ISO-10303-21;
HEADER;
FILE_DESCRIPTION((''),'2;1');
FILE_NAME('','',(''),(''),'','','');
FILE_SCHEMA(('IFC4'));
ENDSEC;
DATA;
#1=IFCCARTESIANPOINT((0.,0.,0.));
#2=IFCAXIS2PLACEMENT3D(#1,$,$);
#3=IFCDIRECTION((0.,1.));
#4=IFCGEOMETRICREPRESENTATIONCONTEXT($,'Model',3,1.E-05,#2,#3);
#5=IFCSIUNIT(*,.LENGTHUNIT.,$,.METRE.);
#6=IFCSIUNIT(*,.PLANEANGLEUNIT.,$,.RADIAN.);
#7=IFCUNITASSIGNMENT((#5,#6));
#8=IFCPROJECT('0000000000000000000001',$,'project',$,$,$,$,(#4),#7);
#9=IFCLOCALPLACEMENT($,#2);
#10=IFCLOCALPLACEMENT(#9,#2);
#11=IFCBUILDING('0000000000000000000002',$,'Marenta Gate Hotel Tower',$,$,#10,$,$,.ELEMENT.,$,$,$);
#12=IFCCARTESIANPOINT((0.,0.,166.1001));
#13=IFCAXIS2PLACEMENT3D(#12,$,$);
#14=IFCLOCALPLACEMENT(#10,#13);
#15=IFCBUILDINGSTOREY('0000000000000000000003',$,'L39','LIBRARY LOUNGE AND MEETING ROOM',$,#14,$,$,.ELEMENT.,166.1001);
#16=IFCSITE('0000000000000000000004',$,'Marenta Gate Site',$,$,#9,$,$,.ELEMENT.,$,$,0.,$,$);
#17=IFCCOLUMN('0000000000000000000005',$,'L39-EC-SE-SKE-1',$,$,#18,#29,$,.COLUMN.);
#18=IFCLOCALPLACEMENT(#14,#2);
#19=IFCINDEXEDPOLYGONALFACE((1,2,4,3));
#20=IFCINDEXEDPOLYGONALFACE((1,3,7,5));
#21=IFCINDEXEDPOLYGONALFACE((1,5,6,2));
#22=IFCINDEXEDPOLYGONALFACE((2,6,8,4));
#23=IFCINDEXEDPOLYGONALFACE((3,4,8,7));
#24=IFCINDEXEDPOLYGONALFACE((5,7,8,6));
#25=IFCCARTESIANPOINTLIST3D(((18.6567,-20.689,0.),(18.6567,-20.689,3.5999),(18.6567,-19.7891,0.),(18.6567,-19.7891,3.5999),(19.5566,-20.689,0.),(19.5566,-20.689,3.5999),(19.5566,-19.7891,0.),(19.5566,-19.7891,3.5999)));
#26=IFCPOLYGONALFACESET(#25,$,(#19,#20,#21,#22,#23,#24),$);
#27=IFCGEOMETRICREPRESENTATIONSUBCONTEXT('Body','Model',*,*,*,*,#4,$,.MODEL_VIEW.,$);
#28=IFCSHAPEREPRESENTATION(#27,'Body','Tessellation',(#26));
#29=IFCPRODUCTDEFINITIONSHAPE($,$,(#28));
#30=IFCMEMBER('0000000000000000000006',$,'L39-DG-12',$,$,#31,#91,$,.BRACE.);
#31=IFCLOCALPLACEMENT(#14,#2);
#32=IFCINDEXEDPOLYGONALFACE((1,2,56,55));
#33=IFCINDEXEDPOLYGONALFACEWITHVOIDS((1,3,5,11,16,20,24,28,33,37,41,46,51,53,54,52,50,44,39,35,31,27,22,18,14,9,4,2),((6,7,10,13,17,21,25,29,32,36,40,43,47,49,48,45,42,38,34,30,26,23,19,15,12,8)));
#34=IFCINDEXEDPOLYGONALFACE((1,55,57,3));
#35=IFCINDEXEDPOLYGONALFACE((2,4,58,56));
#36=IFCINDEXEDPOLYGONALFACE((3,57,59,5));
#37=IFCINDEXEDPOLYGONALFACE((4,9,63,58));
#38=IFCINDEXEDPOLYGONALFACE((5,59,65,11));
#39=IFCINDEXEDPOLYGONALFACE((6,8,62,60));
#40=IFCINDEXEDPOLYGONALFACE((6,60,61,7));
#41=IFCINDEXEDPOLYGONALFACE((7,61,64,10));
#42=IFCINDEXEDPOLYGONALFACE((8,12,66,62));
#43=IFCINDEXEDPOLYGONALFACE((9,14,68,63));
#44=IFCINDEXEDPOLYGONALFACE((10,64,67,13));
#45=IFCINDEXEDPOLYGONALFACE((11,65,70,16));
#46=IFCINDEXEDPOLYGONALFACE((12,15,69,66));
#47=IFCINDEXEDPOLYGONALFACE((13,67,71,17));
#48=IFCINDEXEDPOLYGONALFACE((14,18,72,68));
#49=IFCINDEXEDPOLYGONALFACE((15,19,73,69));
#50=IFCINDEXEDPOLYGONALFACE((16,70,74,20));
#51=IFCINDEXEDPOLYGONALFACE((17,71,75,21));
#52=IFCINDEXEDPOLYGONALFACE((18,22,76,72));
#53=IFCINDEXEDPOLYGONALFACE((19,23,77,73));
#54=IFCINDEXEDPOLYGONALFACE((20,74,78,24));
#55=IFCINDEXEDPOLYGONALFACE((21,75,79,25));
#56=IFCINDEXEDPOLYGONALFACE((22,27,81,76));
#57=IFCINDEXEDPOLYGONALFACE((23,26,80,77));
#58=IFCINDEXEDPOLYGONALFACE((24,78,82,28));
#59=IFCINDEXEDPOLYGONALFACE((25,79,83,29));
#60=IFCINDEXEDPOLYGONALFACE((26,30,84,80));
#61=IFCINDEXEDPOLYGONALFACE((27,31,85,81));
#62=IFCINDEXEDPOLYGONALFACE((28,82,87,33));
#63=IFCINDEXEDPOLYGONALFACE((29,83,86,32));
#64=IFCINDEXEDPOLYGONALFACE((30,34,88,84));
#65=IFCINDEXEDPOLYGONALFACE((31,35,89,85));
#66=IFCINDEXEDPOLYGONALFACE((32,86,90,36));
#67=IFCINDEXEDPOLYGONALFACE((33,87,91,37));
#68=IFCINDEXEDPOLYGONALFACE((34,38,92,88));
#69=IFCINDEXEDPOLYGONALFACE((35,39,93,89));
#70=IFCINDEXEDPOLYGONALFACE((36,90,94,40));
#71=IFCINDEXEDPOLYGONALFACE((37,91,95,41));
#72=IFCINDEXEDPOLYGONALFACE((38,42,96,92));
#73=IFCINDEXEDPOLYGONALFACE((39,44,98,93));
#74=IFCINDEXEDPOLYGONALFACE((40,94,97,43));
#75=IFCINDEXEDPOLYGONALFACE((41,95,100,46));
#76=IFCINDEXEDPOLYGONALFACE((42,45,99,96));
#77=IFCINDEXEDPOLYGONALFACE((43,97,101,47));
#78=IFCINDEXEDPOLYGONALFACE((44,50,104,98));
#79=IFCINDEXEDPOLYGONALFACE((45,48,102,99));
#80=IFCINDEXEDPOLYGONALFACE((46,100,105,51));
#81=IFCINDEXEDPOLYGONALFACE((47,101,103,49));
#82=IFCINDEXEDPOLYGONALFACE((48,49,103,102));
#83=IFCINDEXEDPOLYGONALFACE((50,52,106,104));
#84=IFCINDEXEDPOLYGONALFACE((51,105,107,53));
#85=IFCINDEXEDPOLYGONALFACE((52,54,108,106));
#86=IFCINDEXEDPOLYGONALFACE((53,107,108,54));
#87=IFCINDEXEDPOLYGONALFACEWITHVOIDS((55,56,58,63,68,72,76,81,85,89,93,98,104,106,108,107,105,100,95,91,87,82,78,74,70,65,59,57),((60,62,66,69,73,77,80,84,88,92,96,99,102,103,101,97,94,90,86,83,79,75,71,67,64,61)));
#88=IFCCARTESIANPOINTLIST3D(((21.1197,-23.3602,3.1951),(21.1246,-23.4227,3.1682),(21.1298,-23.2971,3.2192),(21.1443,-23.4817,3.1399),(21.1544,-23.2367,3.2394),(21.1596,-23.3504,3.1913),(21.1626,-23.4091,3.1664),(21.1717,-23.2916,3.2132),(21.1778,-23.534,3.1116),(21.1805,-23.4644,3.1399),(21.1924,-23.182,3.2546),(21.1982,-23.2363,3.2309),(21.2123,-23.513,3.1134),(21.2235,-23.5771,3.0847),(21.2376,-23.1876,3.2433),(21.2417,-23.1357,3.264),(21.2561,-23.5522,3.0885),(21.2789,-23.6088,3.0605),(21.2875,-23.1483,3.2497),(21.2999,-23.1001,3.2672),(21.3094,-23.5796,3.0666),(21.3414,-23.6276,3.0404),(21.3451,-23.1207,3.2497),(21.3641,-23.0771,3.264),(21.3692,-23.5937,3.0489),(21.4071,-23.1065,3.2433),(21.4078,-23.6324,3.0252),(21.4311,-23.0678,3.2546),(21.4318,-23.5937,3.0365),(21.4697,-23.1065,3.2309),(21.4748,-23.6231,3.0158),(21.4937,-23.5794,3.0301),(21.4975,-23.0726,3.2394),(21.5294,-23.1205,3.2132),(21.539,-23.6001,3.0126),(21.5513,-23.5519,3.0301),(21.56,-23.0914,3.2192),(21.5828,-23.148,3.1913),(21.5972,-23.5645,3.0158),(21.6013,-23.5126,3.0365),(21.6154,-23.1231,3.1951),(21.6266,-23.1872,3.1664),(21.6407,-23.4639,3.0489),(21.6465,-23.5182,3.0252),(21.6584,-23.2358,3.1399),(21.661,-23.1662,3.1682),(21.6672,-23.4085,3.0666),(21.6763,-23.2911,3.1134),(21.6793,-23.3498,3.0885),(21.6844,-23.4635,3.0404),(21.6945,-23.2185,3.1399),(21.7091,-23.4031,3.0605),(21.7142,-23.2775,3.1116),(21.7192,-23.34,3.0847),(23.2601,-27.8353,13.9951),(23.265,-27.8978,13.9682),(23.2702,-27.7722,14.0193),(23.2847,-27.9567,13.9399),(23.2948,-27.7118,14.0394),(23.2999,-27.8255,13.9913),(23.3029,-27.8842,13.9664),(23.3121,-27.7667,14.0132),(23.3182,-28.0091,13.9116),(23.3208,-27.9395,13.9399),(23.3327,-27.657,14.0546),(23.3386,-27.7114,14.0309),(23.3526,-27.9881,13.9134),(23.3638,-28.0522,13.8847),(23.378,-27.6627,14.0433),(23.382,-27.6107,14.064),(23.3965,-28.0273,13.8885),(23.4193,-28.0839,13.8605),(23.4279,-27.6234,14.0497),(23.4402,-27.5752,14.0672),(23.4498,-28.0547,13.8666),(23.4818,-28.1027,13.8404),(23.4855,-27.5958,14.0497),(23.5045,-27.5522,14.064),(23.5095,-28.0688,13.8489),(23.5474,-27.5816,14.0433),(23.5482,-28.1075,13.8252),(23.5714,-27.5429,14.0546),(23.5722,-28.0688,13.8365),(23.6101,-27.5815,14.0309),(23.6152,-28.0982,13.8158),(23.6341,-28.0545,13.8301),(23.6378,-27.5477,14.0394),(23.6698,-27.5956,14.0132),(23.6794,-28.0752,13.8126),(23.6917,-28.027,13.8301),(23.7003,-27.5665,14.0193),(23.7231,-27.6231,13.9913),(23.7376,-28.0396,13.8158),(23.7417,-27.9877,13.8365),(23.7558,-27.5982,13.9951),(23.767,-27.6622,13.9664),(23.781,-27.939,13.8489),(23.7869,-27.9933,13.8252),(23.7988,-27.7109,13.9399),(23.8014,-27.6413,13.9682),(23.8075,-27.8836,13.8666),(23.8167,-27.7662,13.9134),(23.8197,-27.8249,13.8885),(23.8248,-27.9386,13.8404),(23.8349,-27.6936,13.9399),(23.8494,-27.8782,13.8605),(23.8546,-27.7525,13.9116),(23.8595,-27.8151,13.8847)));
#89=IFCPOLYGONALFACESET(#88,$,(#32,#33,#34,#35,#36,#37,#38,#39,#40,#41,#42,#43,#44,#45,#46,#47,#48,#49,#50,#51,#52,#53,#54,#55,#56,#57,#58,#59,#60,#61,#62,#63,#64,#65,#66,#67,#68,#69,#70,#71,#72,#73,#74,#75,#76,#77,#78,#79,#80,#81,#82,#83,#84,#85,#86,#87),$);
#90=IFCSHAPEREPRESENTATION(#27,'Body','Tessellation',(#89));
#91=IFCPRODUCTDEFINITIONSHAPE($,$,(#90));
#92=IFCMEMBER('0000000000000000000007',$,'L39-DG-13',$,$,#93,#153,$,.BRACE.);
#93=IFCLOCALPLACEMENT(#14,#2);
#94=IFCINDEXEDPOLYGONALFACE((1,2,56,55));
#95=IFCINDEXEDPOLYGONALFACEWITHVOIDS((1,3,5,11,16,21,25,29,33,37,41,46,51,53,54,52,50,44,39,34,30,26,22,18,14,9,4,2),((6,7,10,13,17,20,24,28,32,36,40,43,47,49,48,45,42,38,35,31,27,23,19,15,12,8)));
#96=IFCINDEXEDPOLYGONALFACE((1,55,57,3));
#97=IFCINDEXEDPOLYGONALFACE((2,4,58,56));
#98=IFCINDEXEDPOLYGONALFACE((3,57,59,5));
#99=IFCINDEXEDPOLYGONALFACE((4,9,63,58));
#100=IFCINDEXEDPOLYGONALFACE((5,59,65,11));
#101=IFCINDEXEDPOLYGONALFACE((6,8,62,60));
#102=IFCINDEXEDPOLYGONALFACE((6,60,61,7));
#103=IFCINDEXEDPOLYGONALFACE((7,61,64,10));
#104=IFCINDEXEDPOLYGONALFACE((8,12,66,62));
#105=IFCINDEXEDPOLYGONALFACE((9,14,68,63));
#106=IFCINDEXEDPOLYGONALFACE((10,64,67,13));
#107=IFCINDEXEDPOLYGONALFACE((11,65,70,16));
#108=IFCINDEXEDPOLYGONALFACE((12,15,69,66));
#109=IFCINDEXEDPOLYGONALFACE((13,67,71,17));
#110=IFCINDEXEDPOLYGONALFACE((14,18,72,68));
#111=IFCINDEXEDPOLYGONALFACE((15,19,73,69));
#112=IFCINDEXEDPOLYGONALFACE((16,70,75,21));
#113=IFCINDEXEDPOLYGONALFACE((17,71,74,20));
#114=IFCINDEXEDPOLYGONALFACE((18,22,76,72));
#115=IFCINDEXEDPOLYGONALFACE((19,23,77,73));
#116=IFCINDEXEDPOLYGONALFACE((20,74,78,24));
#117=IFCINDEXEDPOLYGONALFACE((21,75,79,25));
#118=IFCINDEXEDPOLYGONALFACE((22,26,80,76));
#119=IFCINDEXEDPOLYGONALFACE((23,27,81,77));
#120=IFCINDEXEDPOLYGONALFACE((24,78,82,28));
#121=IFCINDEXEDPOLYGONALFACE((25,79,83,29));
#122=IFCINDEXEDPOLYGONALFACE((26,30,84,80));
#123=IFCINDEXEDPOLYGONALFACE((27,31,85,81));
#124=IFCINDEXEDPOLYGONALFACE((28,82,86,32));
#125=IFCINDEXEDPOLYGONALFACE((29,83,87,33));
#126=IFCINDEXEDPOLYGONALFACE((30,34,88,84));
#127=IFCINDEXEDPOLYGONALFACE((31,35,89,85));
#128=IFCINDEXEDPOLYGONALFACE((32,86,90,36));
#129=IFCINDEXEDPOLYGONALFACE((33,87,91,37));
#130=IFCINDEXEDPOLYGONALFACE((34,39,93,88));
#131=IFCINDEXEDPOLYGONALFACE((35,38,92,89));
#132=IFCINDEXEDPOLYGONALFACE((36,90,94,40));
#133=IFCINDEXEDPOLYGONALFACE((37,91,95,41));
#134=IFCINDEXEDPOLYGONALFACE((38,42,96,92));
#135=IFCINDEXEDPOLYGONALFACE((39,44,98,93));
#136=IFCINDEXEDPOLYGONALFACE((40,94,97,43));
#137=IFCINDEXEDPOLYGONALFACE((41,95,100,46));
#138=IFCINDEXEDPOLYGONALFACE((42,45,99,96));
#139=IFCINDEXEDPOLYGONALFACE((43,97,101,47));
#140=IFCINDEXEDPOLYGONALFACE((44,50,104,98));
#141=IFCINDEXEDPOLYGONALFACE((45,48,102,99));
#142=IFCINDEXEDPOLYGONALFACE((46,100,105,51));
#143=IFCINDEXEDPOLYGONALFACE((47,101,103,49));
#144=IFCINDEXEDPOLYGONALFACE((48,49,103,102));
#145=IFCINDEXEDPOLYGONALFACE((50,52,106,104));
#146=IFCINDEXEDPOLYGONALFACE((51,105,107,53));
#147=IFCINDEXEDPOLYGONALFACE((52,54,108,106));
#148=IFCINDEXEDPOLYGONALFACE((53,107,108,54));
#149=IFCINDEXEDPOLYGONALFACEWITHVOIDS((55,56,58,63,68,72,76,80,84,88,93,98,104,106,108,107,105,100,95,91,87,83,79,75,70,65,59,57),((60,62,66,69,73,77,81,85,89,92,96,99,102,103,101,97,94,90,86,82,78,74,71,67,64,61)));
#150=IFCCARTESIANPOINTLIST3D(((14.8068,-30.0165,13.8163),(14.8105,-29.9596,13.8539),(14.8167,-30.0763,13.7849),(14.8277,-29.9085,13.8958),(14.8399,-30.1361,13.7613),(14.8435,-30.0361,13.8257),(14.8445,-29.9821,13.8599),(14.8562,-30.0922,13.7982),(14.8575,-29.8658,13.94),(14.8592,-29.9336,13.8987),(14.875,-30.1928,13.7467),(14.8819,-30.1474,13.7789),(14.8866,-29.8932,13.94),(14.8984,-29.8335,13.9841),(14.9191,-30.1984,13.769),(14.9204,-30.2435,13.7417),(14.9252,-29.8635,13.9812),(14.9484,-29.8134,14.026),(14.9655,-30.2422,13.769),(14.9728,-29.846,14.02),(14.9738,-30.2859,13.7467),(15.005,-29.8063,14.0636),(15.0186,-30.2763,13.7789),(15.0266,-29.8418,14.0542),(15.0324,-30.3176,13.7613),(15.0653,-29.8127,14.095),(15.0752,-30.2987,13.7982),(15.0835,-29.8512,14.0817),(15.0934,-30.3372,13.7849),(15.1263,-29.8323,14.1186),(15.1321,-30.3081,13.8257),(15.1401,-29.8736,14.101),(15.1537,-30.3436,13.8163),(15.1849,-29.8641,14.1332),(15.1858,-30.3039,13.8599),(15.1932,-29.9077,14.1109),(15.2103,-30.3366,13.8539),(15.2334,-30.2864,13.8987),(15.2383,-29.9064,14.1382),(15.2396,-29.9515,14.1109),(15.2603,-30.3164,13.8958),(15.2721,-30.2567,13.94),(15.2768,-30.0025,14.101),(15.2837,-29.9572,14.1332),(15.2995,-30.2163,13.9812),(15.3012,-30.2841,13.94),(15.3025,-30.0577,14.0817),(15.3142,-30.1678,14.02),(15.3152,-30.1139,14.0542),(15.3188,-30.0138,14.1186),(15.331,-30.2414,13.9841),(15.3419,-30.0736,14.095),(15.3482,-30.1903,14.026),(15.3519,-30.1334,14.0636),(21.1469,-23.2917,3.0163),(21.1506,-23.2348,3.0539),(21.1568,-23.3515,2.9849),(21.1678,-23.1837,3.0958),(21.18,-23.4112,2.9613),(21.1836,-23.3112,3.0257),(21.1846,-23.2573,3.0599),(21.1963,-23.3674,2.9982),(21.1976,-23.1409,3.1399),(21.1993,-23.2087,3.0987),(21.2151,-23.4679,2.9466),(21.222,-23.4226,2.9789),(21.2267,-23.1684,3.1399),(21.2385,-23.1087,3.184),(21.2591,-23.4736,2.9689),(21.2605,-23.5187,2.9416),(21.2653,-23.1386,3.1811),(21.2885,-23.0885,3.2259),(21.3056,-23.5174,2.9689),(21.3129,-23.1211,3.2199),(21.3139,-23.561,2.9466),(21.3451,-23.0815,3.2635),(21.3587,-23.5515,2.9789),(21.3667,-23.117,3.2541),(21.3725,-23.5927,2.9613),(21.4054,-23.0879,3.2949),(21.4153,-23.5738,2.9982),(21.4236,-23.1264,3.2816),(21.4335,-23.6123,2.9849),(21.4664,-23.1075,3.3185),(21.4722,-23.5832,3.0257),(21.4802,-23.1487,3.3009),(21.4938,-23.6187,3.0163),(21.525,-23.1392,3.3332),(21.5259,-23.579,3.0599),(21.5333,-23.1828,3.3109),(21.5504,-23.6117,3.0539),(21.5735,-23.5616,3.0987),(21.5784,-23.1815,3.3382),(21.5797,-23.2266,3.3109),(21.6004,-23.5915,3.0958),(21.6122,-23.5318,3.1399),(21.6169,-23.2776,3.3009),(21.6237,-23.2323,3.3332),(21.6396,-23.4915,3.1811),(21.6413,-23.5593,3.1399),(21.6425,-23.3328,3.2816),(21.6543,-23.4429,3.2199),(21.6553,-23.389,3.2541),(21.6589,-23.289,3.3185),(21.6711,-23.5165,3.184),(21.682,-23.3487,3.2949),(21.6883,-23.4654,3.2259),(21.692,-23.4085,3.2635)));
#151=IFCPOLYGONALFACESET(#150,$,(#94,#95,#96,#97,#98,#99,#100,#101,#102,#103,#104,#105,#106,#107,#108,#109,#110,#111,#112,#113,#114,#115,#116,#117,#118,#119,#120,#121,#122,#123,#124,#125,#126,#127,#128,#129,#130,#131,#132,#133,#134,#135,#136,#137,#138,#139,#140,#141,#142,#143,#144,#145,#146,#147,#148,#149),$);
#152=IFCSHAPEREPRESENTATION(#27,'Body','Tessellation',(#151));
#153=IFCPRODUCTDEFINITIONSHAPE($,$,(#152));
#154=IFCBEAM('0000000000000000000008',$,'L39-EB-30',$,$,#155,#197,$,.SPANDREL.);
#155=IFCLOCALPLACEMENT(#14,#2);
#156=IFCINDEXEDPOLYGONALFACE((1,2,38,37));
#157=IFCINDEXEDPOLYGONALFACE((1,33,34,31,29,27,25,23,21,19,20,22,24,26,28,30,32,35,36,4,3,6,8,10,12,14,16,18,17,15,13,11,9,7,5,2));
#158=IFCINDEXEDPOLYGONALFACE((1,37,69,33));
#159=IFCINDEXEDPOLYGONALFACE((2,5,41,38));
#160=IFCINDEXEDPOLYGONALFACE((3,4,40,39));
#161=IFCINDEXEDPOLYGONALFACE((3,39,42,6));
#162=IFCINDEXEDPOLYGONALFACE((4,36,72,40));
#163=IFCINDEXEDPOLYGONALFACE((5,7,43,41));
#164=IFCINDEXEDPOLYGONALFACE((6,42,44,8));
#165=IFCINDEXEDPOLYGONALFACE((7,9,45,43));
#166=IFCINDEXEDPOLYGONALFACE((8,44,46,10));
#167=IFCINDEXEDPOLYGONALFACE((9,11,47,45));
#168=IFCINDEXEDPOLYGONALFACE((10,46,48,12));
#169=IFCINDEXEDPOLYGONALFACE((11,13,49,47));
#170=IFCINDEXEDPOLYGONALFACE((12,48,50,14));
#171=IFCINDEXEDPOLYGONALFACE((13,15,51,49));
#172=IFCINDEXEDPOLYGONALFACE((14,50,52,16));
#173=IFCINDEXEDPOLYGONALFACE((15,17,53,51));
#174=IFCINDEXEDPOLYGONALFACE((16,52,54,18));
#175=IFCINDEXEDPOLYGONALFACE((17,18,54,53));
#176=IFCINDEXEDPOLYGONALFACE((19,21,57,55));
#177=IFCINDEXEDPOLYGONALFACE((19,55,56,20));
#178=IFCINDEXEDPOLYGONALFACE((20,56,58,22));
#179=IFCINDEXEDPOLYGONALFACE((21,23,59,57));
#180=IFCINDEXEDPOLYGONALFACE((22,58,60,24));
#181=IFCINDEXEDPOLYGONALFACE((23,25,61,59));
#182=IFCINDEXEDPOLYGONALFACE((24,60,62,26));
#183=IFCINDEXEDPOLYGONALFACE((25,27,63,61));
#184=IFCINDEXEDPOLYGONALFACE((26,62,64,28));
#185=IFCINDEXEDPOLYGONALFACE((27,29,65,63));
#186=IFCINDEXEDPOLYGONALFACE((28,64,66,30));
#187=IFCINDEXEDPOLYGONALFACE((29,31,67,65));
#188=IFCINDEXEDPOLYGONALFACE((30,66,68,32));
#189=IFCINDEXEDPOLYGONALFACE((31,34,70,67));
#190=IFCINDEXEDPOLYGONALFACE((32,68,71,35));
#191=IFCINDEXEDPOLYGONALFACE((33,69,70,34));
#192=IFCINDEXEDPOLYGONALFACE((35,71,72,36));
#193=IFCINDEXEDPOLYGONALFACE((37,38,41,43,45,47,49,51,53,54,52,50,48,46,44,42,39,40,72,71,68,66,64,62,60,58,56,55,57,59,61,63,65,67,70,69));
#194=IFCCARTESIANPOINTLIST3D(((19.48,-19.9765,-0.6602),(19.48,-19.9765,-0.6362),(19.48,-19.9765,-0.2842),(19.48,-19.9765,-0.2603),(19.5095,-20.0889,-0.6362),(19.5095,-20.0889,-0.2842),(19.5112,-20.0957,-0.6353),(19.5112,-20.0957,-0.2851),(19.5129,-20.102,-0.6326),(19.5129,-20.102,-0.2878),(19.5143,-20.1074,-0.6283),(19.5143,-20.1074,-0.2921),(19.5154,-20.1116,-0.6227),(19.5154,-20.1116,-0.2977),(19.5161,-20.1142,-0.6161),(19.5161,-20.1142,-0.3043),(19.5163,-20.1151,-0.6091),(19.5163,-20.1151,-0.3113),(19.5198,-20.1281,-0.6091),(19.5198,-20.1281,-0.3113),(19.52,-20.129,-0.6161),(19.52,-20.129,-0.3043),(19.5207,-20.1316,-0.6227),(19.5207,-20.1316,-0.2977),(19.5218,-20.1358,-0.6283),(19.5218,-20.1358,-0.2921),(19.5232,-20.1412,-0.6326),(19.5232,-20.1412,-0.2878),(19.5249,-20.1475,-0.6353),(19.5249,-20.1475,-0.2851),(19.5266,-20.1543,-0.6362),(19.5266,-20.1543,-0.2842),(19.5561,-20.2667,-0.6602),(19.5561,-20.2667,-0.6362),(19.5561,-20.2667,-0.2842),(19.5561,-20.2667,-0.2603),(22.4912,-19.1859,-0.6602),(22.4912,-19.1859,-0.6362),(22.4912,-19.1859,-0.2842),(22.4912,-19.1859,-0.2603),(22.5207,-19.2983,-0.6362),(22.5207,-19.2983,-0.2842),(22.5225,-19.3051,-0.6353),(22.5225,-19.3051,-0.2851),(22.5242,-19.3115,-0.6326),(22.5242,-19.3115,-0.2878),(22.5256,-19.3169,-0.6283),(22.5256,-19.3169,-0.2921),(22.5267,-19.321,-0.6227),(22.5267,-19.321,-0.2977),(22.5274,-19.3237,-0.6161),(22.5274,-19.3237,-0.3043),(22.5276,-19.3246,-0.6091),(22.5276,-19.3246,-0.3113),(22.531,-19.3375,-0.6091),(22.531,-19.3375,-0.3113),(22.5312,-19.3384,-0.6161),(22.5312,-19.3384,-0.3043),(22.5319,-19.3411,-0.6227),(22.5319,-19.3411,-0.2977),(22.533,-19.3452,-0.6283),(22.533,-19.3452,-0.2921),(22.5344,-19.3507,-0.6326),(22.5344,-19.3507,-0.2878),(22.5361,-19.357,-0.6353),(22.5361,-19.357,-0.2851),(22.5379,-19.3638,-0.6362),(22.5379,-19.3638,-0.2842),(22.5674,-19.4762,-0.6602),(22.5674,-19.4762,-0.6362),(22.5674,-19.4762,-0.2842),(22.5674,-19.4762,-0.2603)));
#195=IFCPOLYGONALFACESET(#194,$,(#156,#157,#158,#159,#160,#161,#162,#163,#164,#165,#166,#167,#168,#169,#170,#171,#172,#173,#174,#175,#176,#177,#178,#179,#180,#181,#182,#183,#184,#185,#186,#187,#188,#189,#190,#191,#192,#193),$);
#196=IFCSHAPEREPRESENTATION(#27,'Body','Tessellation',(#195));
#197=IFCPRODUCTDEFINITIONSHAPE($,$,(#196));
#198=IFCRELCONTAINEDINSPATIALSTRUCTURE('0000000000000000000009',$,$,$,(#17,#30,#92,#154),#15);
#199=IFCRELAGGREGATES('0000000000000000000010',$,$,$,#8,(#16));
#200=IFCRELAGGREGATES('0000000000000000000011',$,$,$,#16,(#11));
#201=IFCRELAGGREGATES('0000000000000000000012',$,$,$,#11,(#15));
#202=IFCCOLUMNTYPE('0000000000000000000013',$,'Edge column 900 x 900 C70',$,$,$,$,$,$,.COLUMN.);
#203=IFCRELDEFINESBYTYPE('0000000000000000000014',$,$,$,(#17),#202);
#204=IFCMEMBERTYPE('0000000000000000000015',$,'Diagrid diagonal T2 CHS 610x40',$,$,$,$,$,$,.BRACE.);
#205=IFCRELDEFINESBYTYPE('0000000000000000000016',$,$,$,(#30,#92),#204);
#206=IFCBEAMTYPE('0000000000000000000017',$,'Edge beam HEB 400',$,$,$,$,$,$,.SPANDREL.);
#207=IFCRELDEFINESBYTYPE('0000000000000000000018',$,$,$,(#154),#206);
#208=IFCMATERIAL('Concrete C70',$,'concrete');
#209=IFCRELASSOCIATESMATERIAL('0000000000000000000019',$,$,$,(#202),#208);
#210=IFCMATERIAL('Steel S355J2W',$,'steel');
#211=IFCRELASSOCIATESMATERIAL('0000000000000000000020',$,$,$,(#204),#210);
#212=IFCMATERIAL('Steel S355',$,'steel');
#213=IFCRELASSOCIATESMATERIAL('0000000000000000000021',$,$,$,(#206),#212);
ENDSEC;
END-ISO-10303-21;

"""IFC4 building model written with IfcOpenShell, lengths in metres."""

from ifc_helpers import new_model, si_unit, direction, frame, origin, origin_2d, place, context, subcontext, project, spatial, rectangle, hollow_circle, i_section, extrude, material, material_profile, profile_set, type_object, element, save


model = new_model("IFC4")

# Units and contexts
model_context = context("Model", 3, precision=1e-05, world=origin(), true_north=direction((0.0, 1.0)))
body_context = subcontext(model_context, "Body", "Model", "MODEL_VIEW")
ifc_project = project(units=[si_unit("LENGTHUNIT", "METRE"), si_unit("PLANEANGLEUNIT", "RADIAN")], contexts=[model_context])

# Site, building, storey
site_placement = place(None, origin())
site = spatial("IfcSite", under=ifc_project, at=site_placement, Name="Marenta Gate Site", CompositionType="ELEMENT", RefElevation=0.0)
building_placement = place(site_placement, origin())
building = spatial("IfcBuilding", under=site, at=building_placement, Name="Marenta Gate Hotel Tower", CompositionType="ELEMENT")
storey_placement = place(building_placement, frame((0.0, 0.0, 166.1001)))
storey = spatial("IfcBuildingStorey", under=building, at=storey_placement, Name="L39", Description="LIBRARY LOUNGE AND MEETING ROOM", CompositionType="ELEMENT", Elevation=166.1001)

# Column
ifc_material_1 = material(Name="Concrete C70", Category="concrete")
ifc_material_profile_1 = material_profile(ifc_material_1, rectangle(XDim=0.8999, YDim=0.8999, at=origin_2d()), Name="900 x 900")
ifc_profile_set_1 = profile_set([ifc_material_profile_1], Name="Concrete C70")
column_type = type_object("IfcColumnType", Name="Edge column 900 x 900 C70", PredefinedType="COLUMN", material=ifc_profile_set_1)
column_placement = place(storey_placement, frame((19.1067, -20.239, 0.0), z_axis=(0.0, 0.0, 1.0), x_axis=(1.0, 0.0, 0.0)))
element("IfcColumn", 1, at=column_placement, inside=storey, type_object=column_type, Name="L39-EC-SE-SKE-1", PredefinedType="COLUMN", context=body_context, shape_type="SweptSolid", body=[
    extrude(rectangle(XDim=0.8999, YDim=0.8999, at=origin_2d()), origin(), (0.0, 0.0, 1.0), 3.5999),
])

# Members
ifc_material_2 = material(Name="Steel S355J2W", Category="steel")
ifc_material_profile_2 = material_profile(ifc_material_2, hollow_circle(Radius=0.3049, WallThickness=0.04, at=origin_2d()), Name="CHS 610x40")
ifc_profile_set_2 = profile_set([ifc_material_profile_2], Name="Steel S355J2W")
member_type_1 = type_object("IfcMemberType", Name="Diagrid diagonal T2 CHS 610x40", PredefinedType="BRACE", material=ifc_profile_set_2)
member_1_placement = place(storey_placement, frame((21.4194, -23.3501, 3.1399), z_axis=(0.180094, -0.376539, 0.908727), x_axis=(0.902125, 0.431475, 0.0)))
element("IfcMember", 2, at=member_1_placement, inside=storey, type_object=member_type_1, Name="L39-DG-12", PredefinedType="BRACE", context=body_context, shape_type="SweptSolid", body=[
    extrude(hollow_circle(Radius=0.3049, WallThickness=0.04, at=origin_2d()), origin(), (0.0, 0.0, 1.0), 11.8848),
])
member_2_placement = place(storey_placement, frame((21.4194, -23.3501, 3.1399), z_axis=(-0.446019, -0.473087, 0.759773), x_axis=(0.727616, -0.685985, 0.0)))
element("IfcMember", 3, at=member_2_placement, inside=storey, type_object=member_type_1, Name="L39-DG-13", PredefinedType="BRACE", context=body_context, shape_type="SweptSolid", body=[
    extrude(hollow_circle(Radius=0.3049, WallThickness=0.04, at=origin_2d()), origin(), (0.0, 0.0, 1.0), 14.2148),
])

# Beam
ifc_material_3 = material(Name="Steel S355", Category="steel")
ifc_material_profile_3 = material_profile(ifc_material_3, i_section(OverallWidth=0.3, OverallDepth=0.3999, WebThickness=0.0134, FlangeThickness=0.0239, FilletRadius=0.0271, at=origin_2d()), Name="HEB 400")
ifc_profile_set_3 = profile_set([ifc_material_profile_3], Name="Steel S355")
beam_type = type_object("IfcBeamType", Name="Edge beam HEB 400", PredefinedType="SPANDREL", material=ifc_profile_set_3)
beam_1_placement = place(storey_placement, frame((22.5293, -19.3311, -0.4602), z_axis=(-0.967225, -0.253922, 0.0), x_axis=(0.253922, -0.967225, 0.0)))
element("IfcBeam", 4, at=beam_1_placement, inside=storey, type_object=beam_type, Name="L39-EB-30", PredefinedType="SPANDREL", context=body_context, shape_type="SweptSolid", body=[
    extrude(i_section(OverallWidth=0.3, OverallDepth=0.3999, WebThickness=0.0134, FlangeThickness=0.0239, FilletRadius=0.0271, at=origin_2d()), origin(), (0.0, 0.0, 1.0), 3.1133),
])

save(model, "model.ifc")
